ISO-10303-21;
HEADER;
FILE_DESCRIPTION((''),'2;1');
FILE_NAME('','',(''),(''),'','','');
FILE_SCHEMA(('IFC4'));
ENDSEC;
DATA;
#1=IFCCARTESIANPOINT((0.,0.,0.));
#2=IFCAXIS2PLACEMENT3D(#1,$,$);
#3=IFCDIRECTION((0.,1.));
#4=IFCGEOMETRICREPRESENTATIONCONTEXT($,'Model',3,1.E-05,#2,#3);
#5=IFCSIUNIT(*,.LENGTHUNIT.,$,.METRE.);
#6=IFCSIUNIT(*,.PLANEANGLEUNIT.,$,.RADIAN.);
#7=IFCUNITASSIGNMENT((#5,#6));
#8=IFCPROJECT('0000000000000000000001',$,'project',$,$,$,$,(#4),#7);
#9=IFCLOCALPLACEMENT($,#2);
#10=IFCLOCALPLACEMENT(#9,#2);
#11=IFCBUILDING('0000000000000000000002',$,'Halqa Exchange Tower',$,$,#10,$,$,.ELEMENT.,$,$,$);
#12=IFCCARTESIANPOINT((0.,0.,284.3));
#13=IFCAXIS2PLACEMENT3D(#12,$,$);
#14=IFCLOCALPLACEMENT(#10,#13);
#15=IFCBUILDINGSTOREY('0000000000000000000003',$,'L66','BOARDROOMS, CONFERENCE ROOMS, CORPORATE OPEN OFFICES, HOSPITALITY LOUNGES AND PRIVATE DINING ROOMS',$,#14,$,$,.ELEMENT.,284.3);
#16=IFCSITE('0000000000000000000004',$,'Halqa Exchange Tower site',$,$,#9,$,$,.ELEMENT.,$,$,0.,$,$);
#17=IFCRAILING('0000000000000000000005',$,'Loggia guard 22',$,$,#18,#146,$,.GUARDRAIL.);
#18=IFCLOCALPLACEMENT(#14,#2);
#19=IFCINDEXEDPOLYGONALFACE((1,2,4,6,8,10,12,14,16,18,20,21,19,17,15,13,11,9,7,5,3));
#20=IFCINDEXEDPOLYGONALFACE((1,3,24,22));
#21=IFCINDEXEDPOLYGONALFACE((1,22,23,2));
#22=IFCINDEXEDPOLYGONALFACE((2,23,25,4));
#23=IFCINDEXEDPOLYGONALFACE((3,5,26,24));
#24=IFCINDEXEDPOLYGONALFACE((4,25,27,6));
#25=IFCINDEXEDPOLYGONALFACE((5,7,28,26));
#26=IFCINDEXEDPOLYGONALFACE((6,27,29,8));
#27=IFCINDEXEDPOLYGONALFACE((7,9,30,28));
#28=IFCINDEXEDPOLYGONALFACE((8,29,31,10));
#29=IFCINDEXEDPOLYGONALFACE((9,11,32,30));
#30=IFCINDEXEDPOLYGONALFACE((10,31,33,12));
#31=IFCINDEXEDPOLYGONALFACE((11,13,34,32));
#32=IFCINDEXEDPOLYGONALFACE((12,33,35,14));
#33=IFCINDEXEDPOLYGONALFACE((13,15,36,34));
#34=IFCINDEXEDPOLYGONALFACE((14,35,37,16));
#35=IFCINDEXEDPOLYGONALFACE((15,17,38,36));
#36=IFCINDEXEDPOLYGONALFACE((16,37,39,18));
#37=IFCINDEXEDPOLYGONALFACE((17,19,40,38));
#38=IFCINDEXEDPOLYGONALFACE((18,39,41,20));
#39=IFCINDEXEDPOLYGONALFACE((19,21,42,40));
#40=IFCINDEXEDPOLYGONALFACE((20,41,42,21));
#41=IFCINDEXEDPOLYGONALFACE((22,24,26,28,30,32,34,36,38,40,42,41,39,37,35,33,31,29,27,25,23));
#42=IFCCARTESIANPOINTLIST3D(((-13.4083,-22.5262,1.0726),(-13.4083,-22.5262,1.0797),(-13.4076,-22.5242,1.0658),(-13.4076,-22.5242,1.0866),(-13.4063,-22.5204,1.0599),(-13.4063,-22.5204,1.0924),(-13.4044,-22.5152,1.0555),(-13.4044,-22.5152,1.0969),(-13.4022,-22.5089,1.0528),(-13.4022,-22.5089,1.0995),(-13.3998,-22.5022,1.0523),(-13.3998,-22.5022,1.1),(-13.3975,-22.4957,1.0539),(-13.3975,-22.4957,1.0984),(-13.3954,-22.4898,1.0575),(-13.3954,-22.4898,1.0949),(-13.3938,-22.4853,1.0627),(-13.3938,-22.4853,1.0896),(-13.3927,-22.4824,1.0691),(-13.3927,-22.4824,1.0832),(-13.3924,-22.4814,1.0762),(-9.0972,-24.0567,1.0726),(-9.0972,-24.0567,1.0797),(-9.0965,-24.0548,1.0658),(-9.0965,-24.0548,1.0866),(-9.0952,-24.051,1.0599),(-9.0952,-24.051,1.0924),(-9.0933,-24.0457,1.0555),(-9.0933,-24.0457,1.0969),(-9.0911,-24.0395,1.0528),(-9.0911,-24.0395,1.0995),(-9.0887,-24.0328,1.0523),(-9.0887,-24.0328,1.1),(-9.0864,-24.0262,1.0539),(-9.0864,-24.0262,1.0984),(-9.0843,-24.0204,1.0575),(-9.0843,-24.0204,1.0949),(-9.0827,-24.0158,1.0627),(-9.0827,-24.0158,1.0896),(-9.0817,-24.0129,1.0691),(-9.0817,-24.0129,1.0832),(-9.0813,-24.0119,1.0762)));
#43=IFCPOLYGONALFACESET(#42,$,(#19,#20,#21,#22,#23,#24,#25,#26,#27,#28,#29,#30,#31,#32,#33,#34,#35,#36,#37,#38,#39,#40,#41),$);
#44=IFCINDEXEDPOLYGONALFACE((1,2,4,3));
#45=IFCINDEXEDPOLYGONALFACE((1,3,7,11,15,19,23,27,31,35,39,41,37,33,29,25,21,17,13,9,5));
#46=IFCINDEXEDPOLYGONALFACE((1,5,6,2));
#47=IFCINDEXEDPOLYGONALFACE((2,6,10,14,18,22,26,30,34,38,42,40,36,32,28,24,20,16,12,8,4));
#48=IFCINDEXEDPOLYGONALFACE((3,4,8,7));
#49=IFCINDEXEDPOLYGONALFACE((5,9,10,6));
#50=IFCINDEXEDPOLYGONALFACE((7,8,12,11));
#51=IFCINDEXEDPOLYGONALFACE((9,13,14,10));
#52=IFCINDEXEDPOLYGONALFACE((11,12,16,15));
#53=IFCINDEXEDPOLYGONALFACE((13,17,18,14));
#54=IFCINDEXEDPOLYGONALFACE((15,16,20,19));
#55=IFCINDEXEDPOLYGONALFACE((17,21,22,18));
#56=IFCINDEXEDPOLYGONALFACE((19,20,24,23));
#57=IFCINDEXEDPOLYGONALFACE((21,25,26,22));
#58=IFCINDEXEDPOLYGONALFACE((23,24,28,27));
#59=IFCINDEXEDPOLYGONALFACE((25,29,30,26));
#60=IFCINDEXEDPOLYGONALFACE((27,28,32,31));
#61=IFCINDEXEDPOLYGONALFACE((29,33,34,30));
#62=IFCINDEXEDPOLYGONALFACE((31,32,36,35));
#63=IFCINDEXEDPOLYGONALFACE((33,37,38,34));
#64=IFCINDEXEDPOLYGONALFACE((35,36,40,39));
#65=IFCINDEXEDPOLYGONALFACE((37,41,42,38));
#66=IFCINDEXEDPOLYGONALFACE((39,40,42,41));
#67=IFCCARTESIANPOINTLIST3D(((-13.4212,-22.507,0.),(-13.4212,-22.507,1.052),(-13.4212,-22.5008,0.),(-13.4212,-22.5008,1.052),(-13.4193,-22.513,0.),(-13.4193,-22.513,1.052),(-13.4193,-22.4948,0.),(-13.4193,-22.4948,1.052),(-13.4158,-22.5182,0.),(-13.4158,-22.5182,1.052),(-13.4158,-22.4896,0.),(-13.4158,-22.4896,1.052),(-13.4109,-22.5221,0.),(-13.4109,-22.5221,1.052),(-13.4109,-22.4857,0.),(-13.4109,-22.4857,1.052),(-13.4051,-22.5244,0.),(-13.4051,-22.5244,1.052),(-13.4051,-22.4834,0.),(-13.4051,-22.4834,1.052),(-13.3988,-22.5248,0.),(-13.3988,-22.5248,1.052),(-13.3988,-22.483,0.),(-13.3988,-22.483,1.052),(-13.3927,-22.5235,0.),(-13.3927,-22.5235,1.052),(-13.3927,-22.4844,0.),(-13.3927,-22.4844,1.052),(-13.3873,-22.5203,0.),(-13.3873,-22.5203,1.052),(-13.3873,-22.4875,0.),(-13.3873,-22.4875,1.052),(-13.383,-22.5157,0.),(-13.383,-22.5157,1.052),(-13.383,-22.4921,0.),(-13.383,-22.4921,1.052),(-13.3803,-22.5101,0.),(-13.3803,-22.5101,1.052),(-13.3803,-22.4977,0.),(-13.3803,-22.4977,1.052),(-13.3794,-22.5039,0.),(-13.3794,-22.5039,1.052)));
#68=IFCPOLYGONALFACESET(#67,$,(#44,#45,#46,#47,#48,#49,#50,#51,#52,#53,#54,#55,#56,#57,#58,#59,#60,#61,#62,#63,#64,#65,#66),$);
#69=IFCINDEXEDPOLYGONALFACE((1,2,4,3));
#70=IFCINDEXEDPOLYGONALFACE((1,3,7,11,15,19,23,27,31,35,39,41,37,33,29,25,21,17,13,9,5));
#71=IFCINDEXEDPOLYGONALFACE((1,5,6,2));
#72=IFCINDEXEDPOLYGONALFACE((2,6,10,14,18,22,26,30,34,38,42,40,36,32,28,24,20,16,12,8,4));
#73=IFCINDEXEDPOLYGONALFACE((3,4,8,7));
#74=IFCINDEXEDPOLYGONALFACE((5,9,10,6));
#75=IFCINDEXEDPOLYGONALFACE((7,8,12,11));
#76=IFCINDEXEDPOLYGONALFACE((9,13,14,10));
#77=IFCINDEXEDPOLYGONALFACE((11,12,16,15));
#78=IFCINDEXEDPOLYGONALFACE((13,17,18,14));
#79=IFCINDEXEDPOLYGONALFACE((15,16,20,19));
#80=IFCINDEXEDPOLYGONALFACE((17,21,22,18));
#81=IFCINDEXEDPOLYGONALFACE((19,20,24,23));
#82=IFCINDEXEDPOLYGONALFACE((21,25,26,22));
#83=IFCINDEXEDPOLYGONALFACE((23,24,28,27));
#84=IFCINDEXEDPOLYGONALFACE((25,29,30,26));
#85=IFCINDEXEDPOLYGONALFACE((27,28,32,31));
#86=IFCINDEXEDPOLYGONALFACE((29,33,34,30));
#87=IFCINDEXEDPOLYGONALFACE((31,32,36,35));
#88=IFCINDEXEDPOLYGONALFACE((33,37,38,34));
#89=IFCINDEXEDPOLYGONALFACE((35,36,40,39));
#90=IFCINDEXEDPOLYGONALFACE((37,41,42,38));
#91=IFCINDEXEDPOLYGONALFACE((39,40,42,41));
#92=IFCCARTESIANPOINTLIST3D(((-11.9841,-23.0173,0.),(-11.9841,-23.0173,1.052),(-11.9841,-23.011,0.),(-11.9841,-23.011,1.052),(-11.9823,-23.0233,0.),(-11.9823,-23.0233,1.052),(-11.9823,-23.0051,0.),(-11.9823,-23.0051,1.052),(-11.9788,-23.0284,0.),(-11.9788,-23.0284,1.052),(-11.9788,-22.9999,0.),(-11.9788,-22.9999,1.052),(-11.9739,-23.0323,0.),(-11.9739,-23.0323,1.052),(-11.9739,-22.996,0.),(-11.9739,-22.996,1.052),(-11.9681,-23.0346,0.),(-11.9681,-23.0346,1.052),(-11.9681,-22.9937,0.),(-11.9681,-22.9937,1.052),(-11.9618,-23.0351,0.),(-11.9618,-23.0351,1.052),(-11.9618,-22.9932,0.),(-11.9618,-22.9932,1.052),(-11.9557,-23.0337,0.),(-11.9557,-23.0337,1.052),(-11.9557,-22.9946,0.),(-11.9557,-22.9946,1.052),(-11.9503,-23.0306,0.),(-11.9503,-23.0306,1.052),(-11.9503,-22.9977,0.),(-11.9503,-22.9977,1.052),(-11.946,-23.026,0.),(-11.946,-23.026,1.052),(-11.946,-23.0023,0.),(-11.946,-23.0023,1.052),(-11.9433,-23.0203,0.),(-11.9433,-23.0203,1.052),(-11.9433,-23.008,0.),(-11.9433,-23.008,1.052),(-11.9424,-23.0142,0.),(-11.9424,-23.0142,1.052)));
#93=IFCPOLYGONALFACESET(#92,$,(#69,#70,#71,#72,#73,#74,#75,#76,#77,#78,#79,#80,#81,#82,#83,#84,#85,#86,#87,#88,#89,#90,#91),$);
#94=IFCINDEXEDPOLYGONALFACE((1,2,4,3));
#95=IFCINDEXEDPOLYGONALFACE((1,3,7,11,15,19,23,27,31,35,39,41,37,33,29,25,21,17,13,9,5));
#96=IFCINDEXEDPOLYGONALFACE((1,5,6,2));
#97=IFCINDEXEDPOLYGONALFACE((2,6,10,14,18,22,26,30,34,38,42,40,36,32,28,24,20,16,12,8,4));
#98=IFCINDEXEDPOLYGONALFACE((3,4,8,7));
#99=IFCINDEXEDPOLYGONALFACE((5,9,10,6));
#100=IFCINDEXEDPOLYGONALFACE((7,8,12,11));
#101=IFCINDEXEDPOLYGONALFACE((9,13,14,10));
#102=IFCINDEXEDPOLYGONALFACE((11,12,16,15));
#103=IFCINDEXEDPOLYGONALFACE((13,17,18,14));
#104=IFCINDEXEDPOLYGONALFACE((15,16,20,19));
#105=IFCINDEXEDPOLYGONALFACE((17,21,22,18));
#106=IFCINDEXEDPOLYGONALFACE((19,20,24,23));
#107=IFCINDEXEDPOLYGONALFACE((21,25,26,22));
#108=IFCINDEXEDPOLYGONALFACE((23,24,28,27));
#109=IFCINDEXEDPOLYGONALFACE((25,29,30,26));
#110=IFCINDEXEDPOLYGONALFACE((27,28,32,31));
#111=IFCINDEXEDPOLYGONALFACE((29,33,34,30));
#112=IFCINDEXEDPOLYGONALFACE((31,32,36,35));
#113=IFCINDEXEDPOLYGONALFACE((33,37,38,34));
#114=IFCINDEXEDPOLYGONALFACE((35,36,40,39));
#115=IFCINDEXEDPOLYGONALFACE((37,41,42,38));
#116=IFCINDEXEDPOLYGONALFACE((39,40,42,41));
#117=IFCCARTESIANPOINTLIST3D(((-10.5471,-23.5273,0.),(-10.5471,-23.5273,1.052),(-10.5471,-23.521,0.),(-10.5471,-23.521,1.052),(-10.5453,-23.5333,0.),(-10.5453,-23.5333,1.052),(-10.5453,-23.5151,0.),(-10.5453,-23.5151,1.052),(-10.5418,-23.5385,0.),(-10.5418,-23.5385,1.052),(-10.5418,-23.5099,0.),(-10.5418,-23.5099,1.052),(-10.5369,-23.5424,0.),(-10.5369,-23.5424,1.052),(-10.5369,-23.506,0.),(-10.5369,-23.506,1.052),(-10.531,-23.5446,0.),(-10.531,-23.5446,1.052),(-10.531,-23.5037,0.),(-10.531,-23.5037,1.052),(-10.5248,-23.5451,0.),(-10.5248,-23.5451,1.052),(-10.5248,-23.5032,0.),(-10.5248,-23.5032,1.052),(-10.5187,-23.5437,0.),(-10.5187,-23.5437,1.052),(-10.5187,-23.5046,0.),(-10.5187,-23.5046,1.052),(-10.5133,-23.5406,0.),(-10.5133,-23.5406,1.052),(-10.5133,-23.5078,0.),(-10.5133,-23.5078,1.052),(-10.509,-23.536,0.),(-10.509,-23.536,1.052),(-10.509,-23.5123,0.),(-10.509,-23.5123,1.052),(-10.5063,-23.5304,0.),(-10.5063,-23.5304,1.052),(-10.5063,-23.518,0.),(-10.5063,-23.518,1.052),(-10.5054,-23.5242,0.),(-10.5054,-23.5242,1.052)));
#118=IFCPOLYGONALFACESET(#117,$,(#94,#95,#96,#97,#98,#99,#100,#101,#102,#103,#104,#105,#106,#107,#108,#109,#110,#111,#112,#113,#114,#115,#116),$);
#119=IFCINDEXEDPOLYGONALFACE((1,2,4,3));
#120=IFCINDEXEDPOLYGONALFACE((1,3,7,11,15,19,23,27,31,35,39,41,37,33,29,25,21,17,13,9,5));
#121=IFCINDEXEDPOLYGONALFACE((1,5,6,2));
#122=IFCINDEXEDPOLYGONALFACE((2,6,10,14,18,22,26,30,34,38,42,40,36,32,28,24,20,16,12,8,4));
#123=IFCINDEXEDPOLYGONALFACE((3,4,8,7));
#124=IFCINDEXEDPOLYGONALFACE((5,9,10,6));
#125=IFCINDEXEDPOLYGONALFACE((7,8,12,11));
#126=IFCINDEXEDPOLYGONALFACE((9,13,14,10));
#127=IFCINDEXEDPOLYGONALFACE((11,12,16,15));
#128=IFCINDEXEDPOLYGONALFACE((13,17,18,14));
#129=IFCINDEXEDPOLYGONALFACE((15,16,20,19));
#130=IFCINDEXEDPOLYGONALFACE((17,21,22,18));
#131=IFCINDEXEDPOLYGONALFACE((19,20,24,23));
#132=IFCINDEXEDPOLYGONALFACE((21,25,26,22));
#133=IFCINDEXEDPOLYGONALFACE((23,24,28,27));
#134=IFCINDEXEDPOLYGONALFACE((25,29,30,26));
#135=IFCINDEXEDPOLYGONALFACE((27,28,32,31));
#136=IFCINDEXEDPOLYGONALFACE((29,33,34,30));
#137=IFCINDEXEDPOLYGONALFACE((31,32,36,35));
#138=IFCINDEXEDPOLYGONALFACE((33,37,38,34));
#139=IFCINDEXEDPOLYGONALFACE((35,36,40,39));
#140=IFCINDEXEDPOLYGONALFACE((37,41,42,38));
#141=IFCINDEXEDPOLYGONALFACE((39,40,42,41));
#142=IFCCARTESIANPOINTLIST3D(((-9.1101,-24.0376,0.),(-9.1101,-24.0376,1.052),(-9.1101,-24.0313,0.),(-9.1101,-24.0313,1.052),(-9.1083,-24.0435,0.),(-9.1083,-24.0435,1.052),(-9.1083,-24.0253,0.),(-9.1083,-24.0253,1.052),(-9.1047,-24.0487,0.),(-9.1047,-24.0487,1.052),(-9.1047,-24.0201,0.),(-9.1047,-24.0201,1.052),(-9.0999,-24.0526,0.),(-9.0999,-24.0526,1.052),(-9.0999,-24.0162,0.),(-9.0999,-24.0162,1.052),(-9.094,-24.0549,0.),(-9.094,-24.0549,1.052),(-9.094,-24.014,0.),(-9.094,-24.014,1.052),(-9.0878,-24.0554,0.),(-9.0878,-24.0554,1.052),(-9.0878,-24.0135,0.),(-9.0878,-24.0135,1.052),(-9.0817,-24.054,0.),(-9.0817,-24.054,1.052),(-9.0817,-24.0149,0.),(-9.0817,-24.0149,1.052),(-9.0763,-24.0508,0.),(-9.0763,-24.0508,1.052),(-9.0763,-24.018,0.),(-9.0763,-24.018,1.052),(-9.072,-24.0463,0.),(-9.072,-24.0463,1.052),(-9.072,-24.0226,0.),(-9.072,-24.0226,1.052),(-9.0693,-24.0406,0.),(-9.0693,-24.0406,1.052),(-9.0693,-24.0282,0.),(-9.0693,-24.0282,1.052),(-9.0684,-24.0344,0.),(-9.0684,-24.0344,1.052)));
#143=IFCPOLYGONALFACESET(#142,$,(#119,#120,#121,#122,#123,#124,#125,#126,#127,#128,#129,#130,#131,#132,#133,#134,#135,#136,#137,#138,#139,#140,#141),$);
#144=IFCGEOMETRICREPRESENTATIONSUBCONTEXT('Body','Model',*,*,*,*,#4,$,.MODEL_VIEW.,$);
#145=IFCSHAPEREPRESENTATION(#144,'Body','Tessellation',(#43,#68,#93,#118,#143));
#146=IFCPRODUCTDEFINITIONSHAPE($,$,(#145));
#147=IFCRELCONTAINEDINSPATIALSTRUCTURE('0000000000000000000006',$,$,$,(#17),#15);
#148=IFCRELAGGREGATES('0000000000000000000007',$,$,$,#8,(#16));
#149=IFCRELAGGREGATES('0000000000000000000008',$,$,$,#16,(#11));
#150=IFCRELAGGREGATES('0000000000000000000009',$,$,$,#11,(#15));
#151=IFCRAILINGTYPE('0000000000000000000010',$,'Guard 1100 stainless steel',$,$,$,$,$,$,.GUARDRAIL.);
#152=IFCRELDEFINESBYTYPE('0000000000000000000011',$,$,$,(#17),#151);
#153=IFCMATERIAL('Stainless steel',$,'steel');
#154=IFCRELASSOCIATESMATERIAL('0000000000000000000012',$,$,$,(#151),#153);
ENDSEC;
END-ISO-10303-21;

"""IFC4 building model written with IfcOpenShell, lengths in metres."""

from ifc_helpers import new_model, si_unit, direction, frame, origin, origin_2d, place, context, subcontext, project, spatial, circle, extrude, material, type_object, element, save


model = new_model("IFC4")

# Units and contexts
model_context = context("Model", 3, precision=1e-05, world=origin(), true_north=direction((0.0, 1.0)))
body_context = subcontext(model_context, "Body", "Model", "MODEL_VIEW")
ifc_project = project(units=[si_unit("LENGTHUNIT", "METRE"), si_unit("PLANEANGLEUNIT", "RADIAN")], contexts=[model_context])

# Site, building, storey
site_placement = place(None, origin())
site = spatial("IfcSite", under=ifc_project, at=site_placement, Name="Halqa Exchange Tower site", CompositionType="ELEMENT", RefElevation=0.0)
building_placement = place(site_placement, origin())
building = spatial("IfcBuilding", under=site, at=building_placement, Name="Halqa Exchange Tower", CompositionType="ELEMENT")
storey_placement = place(building_placement, frame((0.0, 0.0, 284.3)))
storey = spatial("IfcBuildingStorey", under=building, at=storey_placement, Name="L66", Description="BOARDROOMS, CONFERENCE ROOMS, CORPORATE OPEN OFFICES, HOSPITALITY LOUNGES AND PRIVATE DINING ROOMS", CompositionType="ELEMENT", Elevation=284.3)

# Railing
ifc_material_1 = material(Name="Stainless steel", Category="steel")
railing_type = type_object("IfcRailingType", Name="Guard 1100 stainless steel", PredefinedType="GUARDRAIL", material=ifc_material_1)
railing_1_placement = place(storey_placement, frame((-13.4004, -22.5039, 0.0)))
element("IfcRailing", 1, at=railing_1_placement, inside=storey, type_object=railing_type, Name="Loggia guard 22", PredefinedType="GUARDRAIL", context=body_context, shape_type="SweptSolid", body=[
    extrude(circle(Radius=0.0239, at=origin_2d()), frame((0.0, 0.0, 1.0762), z_axis=(0.942373, -0.334564, 0.0), x_axis=(0.334564, 0.942373, 0.0)), (0.0, 0.0, 1.0), 4.5747),
    extrude(circle(Radius=0.021, at=origin_2d()), origin(), (0.0, 0.0, 1.0), 1.052),
    extrude(circle(Radius=0.021, at=origin_2d()), frame((1.437, -0.5103, 0.0)), (0.0, 0.0, 1.0), 1.052),
    extrude(circle(Radius=0.021, at=origin_2d()), frame((2.874, -1.0203, 0.0)), (0.0, 0.0, 1.0), 1.052),
    extrude(circle(Radius=0.021, at=origin_2d()), frame((4.311, -1.5305, 0.0)), (0.0, 0.0, 1.0), 1.052),
])

save(model, "model.ifc")
